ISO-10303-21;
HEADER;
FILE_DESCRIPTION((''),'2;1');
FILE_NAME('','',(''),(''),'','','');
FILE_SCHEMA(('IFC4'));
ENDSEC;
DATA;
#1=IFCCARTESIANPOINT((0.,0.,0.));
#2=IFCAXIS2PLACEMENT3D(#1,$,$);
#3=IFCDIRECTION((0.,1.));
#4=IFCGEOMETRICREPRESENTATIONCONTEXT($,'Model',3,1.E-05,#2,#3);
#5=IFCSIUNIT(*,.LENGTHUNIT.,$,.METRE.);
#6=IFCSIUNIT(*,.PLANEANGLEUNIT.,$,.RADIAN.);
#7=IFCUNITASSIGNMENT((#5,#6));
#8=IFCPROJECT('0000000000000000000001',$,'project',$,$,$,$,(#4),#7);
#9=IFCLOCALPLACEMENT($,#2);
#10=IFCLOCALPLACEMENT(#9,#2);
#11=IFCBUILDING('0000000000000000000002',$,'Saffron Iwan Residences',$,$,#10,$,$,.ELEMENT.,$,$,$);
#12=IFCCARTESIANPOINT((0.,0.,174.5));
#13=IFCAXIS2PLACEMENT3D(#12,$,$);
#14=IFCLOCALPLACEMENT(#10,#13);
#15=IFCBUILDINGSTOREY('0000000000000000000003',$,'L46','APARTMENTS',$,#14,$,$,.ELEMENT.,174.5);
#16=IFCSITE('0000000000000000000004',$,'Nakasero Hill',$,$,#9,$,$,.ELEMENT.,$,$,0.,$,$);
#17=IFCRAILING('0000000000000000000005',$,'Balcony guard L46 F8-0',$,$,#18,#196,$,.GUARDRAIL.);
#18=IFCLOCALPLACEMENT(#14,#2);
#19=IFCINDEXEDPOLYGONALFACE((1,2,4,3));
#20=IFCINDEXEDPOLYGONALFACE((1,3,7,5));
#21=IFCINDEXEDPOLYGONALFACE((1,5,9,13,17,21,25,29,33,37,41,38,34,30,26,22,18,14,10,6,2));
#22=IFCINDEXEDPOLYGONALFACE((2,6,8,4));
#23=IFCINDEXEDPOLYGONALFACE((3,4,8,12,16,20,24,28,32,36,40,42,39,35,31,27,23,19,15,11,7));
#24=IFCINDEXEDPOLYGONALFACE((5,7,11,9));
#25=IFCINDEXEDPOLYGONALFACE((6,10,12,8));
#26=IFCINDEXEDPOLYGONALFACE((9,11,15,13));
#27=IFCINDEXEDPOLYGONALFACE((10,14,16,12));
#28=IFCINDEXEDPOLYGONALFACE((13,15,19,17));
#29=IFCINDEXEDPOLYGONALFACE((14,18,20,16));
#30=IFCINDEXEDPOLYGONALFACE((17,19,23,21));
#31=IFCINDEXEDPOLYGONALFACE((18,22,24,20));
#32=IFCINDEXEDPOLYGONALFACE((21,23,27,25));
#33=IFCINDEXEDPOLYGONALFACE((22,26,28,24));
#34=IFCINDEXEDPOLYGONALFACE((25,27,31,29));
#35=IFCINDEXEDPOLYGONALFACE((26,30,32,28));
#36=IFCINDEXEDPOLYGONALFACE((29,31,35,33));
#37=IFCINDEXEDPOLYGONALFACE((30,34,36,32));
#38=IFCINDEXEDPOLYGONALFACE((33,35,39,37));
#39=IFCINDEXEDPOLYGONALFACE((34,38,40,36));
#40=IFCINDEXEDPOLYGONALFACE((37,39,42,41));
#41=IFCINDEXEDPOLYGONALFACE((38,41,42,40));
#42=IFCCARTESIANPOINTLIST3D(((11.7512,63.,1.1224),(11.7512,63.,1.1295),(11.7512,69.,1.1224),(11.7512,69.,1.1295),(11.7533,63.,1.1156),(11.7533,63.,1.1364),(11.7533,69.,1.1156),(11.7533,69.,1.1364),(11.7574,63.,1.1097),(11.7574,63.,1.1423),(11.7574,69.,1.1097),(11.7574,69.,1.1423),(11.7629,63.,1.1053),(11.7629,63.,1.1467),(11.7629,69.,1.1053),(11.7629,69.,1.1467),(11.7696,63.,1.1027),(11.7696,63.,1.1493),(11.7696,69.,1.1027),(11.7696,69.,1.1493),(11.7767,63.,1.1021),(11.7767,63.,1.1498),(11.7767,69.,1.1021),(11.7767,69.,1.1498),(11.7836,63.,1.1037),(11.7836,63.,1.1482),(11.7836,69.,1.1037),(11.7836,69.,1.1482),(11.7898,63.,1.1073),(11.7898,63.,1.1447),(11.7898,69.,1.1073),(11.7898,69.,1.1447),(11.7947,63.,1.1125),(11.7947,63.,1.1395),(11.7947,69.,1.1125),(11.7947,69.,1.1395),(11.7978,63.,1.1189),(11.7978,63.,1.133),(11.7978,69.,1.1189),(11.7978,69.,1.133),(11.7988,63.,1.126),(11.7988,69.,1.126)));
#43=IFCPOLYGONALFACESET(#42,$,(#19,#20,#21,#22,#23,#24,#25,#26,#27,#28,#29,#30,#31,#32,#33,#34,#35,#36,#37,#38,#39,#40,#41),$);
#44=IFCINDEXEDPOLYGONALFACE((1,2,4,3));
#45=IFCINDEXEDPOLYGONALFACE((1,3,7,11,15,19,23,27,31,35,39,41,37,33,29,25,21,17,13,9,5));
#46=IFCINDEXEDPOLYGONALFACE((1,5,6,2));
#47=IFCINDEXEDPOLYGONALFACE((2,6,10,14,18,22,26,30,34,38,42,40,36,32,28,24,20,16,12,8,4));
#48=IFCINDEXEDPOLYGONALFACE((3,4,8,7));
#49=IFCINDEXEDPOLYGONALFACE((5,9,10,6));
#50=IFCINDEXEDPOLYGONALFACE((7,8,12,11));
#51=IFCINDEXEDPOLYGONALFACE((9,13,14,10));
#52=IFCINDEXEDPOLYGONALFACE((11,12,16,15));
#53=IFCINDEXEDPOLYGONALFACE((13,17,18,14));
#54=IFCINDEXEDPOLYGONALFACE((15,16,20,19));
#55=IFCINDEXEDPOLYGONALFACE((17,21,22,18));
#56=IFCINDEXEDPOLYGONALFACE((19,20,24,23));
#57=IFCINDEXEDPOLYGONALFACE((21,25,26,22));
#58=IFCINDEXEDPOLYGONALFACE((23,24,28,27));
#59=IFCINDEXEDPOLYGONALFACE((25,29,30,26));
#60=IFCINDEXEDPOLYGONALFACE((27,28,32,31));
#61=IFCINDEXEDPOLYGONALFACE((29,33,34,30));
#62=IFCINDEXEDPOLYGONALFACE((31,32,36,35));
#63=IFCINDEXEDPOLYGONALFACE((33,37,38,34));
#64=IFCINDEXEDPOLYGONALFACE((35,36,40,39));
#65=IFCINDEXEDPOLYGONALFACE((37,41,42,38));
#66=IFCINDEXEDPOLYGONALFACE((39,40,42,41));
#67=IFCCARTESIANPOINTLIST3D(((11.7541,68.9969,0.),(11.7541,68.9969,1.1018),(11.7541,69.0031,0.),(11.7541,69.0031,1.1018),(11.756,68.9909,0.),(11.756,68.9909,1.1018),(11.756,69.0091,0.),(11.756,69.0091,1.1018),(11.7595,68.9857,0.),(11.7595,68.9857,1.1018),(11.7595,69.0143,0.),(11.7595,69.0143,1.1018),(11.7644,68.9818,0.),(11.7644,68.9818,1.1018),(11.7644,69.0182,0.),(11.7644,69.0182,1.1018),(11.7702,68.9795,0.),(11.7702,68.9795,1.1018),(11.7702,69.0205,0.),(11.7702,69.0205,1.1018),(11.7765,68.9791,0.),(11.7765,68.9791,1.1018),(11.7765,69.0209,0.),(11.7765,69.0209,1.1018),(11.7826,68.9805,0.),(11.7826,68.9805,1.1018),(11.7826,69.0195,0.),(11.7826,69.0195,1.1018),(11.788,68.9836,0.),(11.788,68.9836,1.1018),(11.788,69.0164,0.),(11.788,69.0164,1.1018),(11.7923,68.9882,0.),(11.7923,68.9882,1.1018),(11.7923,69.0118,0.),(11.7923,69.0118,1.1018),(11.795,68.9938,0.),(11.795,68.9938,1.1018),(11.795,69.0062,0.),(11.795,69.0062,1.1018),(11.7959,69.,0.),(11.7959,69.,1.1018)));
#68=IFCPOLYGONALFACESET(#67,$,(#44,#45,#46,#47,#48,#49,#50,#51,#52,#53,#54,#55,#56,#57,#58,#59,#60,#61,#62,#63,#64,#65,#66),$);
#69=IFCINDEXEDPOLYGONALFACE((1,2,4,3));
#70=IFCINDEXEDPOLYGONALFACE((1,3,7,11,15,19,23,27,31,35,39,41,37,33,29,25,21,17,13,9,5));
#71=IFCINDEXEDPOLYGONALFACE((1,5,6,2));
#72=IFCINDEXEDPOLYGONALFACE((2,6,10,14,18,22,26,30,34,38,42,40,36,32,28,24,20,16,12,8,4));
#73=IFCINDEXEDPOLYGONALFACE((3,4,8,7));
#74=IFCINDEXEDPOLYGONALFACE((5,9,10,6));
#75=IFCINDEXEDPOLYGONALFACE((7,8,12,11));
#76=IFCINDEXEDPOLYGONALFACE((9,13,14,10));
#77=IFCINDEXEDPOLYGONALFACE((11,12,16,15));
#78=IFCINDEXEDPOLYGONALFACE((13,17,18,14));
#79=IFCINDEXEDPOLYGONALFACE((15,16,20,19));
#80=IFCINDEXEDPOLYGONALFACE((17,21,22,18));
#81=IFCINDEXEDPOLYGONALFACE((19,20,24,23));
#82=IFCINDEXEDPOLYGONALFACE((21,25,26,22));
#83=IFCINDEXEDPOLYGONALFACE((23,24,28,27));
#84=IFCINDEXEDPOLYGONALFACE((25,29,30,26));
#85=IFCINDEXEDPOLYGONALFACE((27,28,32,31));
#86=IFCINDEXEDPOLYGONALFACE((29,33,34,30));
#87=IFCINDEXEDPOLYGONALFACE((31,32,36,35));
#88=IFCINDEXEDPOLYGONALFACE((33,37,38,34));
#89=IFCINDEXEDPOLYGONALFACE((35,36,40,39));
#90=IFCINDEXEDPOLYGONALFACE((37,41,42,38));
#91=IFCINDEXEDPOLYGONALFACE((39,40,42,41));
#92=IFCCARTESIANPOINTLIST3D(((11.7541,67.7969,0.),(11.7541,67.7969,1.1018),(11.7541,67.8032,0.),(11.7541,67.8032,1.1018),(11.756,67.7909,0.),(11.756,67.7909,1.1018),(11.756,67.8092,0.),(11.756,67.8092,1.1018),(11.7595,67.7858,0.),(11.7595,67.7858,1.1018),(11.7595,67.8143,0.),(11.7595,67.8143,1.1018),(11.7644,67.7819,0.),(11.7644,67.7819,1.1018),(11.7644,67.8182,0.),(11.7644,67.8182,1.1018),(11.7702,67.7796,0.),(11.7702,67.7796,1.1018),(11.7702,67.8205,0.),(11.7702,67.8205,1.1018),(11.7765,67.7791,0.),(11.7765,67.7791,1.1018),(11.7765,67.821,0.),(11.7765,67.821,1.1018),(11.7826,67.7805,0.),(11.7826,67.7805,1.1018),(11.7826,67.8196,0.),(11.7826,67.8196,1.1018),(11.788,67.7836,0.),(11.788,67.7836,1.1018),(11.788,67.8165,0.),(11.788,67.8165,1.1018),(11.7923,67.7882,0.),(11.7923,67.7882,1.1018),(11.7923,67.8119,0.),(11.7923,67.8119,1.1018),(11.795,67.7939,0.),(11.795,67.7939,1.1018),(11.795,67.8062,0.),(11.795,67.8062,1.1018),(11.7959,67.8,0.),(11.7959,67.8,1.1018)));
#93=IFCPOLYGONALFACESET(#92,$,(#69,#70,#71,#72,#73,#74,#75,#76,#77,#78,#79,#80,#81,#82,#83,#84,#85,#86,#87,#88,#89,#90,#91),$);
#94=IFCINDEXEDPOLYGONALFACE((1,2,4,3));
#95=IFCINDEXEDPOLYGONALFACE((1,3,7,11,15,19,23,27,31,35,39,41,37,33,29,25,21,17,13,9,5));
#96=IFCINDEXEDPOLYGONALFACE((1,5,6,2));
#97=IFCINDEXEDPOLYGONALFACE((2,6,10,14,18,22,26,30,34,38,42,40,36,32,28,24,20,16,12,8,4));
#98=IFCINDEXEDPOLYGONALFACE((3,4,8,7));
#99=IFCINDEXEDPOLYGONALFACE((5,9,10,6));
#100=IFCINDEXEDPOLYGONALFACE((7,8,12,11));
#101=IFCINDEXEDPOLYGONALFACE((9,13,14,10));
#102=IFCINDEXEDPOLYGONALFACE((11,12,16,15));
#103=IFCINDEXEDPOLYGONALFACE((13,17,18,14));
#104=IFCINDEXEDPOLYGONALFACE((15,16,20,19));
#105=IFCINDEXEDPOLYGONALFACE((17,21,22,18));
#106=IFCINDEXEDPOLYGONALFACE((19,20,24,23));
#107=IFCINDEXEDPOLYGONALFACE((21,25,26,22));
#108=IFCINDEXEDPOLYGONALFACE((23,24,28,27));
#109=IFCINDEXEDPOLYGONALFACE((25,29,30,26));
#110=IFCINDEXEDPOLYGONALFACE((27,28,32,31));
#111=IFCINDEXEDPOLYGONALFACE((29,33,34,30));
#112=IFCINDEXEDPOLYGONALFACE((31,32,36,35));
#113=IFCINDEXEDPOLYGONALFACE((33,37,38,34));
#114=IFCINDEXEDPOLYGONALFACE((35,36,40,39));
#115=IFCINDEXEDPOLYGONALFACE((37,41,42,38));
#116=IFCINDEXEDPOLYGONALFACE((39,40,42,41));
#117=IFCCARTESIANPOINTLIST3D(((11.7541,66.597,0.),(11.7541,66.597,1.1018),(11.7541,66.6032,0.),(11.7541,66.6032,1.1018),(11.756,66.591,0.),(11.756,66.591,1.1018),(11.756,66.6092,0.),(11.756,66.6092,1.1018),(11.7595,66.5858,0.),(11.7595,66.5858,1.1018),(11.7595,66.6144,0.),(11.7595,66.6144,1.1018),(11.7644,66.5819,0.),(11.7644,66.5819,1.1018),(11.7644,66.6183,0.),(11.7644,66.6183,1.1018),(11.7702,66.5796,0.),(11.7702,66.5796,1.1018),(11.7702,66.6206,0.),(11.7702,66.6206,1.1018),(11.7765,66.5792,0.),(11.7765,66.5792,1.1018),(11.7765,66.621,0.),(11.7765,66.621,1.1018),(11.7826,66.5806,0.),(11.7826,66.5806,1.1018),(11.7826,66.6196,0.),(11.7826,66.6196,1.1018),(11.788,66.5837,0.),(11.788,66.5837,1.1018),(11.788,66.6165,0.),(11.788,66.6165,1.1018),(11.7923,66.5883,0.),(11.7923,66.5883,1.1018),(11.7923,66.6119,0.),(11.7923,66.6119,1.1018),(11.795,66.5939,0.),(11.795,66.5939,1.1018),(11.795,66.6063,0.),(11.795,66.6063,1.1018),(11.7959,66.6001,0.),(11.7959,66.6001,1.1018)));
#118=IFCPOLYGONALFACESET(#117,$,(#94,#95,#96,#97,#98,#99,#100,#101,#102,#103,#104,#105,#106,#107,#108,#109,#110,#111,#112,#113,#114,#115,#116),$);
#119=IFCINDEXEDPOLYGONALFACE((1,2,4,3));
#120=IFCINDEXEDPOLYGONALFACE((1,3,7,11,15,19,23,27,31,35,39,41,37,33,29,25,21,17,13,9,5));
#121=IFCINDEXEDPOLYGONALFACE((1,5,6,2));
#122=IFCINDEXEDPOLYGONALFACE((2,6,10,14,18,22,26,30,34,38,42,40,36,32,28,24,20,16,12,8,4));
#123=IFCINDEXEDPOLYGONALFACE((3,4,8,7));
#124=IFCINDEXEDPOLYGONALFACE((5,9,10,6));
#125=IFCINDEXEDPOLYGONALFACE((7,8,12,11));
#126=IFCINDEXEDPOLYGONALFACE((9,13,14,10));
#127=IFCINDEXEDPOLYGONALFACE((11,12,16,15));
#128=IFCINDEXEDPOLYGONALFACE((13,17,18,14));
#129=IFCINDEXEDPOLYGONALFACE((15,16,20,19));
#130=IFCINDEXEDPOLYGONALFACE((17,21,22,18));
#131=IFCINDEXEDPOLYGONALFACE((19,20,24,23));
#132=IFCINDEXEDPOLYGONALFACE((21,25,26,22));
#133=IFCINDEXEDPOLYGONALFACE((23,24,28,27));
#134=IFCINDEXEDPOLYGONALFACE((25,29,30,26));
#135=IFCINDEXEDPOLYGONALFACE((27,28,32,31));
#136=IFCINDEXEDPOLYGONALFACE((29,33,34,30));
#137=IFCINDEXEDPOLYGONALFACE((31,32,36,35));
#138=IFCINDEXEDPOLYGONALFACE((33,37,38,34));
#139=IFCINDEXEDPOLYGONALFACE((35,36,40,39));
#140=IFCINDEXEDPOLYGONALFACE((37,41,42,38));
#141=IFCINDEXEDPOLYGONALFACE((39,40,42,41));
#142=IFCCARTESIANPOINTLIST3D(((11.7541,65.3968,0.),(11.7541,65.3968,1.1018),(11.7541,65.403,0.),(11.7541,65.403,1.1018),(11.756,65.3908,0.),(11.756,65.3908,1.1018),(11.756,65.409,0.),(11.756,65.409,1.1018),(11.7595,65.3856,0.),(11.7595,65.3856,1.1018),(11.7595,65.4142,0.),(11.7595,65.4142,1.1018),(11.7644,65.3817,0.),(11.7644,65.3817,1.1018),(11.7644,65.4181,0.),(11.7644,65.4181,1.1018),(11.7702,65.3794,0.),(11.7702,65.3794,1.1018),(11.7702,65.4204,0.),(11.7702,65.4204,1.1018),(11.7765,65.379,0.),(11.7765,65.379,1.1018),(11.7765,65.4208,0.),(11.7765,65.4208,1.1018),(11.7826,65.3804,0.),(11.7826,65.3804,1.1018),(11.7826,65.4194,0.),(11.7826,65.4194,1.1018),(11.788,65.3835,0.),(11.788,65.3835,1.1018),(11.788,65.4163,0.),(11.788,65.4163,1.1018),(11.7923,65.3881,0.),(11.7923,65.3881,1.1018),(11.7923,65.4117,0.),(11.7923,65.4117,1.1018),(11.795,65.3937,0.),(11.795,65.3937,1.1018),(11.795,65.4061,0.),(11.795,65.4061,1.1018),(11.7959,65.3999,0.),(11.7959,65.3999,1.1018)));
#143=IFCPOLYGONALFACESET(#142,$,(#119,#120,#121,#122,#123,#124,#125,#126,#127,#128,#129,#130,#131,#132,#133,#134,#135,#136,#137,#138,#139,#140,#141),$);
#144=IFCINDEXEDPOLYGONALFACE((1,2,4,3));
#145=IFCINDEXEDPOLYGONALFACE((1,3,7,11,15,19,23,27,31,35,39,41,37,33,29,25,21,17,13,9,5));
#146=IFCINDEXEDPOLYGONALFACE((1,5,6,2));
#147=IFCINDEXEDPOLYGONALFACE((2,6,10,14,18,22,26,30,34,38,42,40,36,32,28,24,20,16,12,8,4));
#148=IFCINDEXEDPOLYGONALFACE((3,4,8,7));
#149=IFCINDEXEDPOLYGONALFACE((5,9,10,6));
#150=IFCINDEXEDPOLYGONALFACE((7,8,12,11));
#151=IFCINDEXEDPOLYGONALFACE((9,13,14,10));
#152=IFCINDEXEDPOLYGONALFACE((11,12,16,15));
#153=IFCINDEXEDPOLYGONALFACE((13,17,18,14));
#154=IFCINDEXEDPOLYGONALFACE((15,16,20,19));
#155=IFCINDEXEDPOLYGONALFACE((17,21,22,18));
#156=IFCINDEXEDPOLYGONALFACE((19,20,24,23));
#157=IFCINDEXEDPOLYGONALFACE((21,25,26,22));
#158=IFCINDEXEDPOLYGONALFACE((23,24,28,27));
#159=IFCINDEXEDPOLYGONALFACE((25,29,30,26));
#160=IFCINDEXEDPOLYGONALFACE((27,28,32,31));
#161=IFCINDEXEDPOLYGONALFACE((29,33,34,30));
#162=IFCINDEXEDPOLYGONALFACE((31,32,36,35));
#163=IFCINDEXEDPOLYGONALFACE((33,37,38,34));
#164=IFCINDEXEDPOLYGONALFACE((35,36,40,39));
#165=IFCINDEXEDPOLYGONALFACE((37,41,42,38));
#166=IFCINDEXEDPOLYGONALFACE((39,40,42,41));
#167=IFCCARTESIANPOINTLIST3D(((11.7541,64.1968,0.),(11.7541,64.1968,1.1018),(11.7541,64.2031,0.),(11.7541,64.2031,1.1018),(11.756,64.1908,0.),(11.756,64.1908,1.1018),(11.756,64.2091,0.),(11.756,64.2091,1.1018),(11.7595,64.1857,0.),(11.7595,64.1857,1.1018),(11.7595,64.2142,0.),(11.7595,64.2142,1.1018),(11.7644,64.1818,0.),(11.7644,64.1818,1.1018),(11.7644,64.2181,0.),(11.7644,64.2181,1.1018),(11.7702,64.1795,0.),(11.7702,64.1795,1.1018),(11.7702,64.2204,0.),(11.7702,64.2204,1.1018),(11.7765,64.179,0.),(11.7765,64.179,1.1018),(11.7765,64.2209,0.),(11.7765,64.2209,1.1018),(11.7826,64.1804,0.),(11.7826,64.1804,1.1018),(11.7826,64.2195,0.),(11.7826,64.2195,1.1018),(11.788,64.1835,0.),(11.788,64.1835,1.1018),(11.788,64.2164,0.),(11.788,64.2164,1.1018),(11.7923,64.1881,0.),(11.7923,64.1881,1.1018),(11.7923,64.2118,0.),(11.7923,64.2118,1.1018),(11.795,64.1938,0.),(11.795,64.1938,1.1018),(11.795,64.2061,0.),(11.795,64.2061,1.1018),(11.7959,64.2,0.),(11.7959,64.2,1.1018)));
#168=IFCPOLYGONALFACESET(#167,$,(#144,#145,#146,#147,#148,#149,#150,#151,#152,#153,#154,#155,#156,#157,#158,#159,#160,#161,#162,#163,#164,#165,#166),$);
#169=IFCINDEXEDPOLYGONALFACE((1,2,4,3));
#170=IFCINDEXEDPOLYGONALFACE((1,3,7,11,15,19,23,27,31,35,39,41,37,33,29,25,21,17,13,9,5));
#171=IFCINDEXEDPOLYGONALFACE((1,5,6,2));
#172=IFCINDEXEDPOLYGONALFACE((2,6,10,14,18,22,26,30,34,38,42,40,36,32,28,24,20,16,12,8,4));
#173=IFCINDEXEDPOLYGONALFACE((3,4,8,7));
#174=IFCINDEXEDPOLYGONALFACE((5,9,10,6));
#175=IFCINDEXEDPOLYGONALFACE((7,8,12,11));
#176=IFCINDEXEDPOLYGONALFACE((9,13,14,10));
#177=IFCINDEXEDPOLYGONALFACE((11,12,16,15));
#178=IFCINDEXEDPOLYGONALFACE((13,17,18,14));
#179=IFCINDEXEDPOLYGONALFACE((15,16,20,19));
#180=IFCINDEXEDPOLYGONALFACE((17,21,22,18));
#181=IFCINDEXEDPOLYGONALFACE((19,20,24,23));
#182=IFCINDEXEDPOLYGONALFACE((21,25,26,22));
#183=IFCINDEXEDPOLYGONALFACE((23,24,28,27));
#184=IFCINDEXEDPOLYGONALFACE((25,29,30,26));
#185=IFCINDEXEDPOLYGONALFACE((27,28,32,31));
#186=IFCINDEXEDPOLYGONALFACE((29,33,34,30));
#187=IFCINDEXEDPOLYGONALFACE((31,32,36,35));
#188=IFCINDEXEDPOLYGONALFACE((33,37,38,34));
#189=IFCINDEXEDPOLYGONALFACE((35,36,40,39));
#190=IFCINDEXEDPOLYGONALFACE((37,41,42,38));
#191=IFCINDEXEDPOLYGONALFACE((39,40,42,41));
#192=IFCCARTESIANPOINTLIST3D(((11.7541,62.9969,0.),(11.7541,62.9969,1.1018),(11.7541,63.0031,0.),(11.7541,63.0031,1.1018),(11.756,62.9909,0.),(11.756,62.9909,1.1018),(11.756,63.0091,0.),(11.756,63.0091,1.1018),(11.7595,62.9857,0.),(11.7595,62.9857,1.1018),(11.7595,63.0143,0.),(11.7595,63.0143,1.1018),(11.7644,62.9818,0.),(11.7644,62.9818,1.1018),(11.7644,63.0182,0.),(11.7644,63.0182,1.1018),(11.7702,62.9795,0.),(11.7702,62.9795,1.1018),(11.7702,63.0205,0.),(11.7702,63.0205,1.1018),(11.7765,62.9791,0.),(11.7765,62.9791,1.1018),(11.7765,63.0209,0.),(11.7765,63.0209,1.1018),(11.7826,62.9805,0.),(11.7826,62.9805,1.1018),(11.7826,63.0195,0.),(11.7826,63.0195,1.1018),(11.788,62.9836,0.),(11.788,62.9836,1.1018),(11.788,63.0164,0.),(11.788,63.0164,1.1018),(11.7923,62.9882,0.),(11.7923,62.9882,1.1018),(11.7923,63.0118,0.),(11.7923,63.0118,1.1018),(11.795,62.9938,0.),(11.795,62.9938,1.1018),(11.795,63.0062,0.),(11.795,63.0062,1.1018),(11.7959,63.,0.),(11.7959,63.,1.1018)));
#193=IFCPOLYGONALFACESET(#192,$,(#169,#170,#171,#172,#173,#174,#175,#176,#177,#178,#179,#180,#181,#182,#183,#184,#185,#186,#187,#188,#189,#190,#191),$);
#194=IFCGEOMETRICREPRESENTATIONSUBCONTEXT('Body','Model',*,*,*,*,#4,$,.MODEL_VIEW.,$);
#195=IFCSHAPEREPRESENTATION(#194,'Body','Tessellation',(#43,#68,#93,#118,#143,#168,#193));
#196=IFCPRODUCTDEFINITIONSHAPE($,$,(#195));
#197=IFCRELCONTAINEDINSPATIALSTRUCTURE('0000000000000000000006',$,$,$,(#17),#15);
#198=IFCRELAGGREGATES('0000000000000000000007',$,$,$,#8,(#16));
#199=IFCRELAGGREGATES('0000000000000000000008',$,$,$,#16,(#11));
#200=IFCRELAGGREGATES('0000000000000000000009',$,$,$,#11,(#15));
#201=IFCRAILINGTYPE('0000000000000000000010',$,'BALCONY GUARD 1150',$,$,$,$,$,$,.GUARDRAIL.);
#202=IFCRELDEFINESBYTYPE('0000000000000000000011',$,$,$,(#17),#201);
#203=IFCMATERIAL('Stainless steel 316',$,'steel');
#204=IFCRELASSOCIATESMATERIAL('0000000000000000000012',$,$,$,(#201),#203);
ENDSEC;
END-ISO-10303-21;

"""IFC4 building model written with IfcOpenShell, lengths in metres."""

from ifc_helpers import new_model, si_unit, direction, frame, origin, origin_2d, place, context, subcontext, project, spatial, circle, extrude, material, type_object, element, save


model = new_model("IFC4")

# Units and contexts
model_context = context("Model", 3, precision=1e-05, world=origin(), true_north=direction((0.0, 1.0)))
body_context = subcontext(model_context, "Body", "Model", "MODEL_VIEW")
ifc_project = project(units=[si_unit("LENGTHUNIT", "METRE"), si_unit("PLANEANGLEUNIT", "RADIAN")], contexts=[model_context])

# Site, building, storey
site_placement = place(None, origin())
site = spatial("IfcSite", under=ifc_project, at=site_placement, Name="Nakasero Hill", CompositionType="ELEMENT", RefElevation=0.0)
building_placement = place(site_placement, origin())
building = spatial("IfcBuilding", under=site, at=building_placement, Name="Saffron Iwan Residences", CompositionType="ELEMENT")
storey_placement = place(building_placement, frame((0.0, 0.0, 174.5)))
storey = spatial("IfcBuildingStorey", under=building, at=storey_placement, Name="L46", Description="APARTMENTS", CompositionType="ELEMENT", Elevation=174.5)

# Railing
ifc_material_1 = material(Name="Stainless steel 316", Category="steel")
railing_type = type_object("IfcRailingType", Name="BALCONY GUARD 1150", PredefinedType="GUARDRAIL", material=ifc_material_1)
railing_placement = place(storey_placement, frame((11.7749, 69.0, 0.0)))
element("IfcRailing", 1, at=railing_placement, inside=storey, type_object=railing_type, Name="Balcony guard L46 F8-0", PredefinedType="GUARDRAIL", context=body_context, shape_type="SweptSolid", body=[
    extrude(circle(Radius=0.0239, at=origin_2d()), frame((0.0, 0.0, 1.126), z_axis=(0.0, -1.0, 0.0), x_axis=(1.0, 0.0, 0.0)), (0.0, 0.0, 1.0), 6.0),
    extrude(circle(Radius=0.021, at=origin_2d()), origin(), (0.0, 0.0, 1.0), 1.1018),
    extrude(circle(Radius=0.021, at=origin_2d()), frame((0.0, -1.2, 0.0)), (0.0, 0.0, 1.0), 1.1018),
    extrude(circle(Radius=0.021, at=origin_2d()), frame((0.0, -2.3999, 0.0)), (0.0, 0.0, 1.0), 1.1018),
    extrude(circle(Radius=0.021, at=origin_2d()), frame((0.0, -3.6001, 0.0)), (0.0, 0.0, 1.0), 1.1018),
    extrude(circle(Radius=0.021, at=origin_2d()), frame((0.0, -4.8, 0.0)), (0.0, 0.0, 1.0), 1.1018),
    extrude(circle(Radius=0.021, at=origin_2d()), frame((0.0, -6.0, 0.0)), (0.0, 0.0, 1.0), 1.1018),
])

save(model, "model.ifc")
